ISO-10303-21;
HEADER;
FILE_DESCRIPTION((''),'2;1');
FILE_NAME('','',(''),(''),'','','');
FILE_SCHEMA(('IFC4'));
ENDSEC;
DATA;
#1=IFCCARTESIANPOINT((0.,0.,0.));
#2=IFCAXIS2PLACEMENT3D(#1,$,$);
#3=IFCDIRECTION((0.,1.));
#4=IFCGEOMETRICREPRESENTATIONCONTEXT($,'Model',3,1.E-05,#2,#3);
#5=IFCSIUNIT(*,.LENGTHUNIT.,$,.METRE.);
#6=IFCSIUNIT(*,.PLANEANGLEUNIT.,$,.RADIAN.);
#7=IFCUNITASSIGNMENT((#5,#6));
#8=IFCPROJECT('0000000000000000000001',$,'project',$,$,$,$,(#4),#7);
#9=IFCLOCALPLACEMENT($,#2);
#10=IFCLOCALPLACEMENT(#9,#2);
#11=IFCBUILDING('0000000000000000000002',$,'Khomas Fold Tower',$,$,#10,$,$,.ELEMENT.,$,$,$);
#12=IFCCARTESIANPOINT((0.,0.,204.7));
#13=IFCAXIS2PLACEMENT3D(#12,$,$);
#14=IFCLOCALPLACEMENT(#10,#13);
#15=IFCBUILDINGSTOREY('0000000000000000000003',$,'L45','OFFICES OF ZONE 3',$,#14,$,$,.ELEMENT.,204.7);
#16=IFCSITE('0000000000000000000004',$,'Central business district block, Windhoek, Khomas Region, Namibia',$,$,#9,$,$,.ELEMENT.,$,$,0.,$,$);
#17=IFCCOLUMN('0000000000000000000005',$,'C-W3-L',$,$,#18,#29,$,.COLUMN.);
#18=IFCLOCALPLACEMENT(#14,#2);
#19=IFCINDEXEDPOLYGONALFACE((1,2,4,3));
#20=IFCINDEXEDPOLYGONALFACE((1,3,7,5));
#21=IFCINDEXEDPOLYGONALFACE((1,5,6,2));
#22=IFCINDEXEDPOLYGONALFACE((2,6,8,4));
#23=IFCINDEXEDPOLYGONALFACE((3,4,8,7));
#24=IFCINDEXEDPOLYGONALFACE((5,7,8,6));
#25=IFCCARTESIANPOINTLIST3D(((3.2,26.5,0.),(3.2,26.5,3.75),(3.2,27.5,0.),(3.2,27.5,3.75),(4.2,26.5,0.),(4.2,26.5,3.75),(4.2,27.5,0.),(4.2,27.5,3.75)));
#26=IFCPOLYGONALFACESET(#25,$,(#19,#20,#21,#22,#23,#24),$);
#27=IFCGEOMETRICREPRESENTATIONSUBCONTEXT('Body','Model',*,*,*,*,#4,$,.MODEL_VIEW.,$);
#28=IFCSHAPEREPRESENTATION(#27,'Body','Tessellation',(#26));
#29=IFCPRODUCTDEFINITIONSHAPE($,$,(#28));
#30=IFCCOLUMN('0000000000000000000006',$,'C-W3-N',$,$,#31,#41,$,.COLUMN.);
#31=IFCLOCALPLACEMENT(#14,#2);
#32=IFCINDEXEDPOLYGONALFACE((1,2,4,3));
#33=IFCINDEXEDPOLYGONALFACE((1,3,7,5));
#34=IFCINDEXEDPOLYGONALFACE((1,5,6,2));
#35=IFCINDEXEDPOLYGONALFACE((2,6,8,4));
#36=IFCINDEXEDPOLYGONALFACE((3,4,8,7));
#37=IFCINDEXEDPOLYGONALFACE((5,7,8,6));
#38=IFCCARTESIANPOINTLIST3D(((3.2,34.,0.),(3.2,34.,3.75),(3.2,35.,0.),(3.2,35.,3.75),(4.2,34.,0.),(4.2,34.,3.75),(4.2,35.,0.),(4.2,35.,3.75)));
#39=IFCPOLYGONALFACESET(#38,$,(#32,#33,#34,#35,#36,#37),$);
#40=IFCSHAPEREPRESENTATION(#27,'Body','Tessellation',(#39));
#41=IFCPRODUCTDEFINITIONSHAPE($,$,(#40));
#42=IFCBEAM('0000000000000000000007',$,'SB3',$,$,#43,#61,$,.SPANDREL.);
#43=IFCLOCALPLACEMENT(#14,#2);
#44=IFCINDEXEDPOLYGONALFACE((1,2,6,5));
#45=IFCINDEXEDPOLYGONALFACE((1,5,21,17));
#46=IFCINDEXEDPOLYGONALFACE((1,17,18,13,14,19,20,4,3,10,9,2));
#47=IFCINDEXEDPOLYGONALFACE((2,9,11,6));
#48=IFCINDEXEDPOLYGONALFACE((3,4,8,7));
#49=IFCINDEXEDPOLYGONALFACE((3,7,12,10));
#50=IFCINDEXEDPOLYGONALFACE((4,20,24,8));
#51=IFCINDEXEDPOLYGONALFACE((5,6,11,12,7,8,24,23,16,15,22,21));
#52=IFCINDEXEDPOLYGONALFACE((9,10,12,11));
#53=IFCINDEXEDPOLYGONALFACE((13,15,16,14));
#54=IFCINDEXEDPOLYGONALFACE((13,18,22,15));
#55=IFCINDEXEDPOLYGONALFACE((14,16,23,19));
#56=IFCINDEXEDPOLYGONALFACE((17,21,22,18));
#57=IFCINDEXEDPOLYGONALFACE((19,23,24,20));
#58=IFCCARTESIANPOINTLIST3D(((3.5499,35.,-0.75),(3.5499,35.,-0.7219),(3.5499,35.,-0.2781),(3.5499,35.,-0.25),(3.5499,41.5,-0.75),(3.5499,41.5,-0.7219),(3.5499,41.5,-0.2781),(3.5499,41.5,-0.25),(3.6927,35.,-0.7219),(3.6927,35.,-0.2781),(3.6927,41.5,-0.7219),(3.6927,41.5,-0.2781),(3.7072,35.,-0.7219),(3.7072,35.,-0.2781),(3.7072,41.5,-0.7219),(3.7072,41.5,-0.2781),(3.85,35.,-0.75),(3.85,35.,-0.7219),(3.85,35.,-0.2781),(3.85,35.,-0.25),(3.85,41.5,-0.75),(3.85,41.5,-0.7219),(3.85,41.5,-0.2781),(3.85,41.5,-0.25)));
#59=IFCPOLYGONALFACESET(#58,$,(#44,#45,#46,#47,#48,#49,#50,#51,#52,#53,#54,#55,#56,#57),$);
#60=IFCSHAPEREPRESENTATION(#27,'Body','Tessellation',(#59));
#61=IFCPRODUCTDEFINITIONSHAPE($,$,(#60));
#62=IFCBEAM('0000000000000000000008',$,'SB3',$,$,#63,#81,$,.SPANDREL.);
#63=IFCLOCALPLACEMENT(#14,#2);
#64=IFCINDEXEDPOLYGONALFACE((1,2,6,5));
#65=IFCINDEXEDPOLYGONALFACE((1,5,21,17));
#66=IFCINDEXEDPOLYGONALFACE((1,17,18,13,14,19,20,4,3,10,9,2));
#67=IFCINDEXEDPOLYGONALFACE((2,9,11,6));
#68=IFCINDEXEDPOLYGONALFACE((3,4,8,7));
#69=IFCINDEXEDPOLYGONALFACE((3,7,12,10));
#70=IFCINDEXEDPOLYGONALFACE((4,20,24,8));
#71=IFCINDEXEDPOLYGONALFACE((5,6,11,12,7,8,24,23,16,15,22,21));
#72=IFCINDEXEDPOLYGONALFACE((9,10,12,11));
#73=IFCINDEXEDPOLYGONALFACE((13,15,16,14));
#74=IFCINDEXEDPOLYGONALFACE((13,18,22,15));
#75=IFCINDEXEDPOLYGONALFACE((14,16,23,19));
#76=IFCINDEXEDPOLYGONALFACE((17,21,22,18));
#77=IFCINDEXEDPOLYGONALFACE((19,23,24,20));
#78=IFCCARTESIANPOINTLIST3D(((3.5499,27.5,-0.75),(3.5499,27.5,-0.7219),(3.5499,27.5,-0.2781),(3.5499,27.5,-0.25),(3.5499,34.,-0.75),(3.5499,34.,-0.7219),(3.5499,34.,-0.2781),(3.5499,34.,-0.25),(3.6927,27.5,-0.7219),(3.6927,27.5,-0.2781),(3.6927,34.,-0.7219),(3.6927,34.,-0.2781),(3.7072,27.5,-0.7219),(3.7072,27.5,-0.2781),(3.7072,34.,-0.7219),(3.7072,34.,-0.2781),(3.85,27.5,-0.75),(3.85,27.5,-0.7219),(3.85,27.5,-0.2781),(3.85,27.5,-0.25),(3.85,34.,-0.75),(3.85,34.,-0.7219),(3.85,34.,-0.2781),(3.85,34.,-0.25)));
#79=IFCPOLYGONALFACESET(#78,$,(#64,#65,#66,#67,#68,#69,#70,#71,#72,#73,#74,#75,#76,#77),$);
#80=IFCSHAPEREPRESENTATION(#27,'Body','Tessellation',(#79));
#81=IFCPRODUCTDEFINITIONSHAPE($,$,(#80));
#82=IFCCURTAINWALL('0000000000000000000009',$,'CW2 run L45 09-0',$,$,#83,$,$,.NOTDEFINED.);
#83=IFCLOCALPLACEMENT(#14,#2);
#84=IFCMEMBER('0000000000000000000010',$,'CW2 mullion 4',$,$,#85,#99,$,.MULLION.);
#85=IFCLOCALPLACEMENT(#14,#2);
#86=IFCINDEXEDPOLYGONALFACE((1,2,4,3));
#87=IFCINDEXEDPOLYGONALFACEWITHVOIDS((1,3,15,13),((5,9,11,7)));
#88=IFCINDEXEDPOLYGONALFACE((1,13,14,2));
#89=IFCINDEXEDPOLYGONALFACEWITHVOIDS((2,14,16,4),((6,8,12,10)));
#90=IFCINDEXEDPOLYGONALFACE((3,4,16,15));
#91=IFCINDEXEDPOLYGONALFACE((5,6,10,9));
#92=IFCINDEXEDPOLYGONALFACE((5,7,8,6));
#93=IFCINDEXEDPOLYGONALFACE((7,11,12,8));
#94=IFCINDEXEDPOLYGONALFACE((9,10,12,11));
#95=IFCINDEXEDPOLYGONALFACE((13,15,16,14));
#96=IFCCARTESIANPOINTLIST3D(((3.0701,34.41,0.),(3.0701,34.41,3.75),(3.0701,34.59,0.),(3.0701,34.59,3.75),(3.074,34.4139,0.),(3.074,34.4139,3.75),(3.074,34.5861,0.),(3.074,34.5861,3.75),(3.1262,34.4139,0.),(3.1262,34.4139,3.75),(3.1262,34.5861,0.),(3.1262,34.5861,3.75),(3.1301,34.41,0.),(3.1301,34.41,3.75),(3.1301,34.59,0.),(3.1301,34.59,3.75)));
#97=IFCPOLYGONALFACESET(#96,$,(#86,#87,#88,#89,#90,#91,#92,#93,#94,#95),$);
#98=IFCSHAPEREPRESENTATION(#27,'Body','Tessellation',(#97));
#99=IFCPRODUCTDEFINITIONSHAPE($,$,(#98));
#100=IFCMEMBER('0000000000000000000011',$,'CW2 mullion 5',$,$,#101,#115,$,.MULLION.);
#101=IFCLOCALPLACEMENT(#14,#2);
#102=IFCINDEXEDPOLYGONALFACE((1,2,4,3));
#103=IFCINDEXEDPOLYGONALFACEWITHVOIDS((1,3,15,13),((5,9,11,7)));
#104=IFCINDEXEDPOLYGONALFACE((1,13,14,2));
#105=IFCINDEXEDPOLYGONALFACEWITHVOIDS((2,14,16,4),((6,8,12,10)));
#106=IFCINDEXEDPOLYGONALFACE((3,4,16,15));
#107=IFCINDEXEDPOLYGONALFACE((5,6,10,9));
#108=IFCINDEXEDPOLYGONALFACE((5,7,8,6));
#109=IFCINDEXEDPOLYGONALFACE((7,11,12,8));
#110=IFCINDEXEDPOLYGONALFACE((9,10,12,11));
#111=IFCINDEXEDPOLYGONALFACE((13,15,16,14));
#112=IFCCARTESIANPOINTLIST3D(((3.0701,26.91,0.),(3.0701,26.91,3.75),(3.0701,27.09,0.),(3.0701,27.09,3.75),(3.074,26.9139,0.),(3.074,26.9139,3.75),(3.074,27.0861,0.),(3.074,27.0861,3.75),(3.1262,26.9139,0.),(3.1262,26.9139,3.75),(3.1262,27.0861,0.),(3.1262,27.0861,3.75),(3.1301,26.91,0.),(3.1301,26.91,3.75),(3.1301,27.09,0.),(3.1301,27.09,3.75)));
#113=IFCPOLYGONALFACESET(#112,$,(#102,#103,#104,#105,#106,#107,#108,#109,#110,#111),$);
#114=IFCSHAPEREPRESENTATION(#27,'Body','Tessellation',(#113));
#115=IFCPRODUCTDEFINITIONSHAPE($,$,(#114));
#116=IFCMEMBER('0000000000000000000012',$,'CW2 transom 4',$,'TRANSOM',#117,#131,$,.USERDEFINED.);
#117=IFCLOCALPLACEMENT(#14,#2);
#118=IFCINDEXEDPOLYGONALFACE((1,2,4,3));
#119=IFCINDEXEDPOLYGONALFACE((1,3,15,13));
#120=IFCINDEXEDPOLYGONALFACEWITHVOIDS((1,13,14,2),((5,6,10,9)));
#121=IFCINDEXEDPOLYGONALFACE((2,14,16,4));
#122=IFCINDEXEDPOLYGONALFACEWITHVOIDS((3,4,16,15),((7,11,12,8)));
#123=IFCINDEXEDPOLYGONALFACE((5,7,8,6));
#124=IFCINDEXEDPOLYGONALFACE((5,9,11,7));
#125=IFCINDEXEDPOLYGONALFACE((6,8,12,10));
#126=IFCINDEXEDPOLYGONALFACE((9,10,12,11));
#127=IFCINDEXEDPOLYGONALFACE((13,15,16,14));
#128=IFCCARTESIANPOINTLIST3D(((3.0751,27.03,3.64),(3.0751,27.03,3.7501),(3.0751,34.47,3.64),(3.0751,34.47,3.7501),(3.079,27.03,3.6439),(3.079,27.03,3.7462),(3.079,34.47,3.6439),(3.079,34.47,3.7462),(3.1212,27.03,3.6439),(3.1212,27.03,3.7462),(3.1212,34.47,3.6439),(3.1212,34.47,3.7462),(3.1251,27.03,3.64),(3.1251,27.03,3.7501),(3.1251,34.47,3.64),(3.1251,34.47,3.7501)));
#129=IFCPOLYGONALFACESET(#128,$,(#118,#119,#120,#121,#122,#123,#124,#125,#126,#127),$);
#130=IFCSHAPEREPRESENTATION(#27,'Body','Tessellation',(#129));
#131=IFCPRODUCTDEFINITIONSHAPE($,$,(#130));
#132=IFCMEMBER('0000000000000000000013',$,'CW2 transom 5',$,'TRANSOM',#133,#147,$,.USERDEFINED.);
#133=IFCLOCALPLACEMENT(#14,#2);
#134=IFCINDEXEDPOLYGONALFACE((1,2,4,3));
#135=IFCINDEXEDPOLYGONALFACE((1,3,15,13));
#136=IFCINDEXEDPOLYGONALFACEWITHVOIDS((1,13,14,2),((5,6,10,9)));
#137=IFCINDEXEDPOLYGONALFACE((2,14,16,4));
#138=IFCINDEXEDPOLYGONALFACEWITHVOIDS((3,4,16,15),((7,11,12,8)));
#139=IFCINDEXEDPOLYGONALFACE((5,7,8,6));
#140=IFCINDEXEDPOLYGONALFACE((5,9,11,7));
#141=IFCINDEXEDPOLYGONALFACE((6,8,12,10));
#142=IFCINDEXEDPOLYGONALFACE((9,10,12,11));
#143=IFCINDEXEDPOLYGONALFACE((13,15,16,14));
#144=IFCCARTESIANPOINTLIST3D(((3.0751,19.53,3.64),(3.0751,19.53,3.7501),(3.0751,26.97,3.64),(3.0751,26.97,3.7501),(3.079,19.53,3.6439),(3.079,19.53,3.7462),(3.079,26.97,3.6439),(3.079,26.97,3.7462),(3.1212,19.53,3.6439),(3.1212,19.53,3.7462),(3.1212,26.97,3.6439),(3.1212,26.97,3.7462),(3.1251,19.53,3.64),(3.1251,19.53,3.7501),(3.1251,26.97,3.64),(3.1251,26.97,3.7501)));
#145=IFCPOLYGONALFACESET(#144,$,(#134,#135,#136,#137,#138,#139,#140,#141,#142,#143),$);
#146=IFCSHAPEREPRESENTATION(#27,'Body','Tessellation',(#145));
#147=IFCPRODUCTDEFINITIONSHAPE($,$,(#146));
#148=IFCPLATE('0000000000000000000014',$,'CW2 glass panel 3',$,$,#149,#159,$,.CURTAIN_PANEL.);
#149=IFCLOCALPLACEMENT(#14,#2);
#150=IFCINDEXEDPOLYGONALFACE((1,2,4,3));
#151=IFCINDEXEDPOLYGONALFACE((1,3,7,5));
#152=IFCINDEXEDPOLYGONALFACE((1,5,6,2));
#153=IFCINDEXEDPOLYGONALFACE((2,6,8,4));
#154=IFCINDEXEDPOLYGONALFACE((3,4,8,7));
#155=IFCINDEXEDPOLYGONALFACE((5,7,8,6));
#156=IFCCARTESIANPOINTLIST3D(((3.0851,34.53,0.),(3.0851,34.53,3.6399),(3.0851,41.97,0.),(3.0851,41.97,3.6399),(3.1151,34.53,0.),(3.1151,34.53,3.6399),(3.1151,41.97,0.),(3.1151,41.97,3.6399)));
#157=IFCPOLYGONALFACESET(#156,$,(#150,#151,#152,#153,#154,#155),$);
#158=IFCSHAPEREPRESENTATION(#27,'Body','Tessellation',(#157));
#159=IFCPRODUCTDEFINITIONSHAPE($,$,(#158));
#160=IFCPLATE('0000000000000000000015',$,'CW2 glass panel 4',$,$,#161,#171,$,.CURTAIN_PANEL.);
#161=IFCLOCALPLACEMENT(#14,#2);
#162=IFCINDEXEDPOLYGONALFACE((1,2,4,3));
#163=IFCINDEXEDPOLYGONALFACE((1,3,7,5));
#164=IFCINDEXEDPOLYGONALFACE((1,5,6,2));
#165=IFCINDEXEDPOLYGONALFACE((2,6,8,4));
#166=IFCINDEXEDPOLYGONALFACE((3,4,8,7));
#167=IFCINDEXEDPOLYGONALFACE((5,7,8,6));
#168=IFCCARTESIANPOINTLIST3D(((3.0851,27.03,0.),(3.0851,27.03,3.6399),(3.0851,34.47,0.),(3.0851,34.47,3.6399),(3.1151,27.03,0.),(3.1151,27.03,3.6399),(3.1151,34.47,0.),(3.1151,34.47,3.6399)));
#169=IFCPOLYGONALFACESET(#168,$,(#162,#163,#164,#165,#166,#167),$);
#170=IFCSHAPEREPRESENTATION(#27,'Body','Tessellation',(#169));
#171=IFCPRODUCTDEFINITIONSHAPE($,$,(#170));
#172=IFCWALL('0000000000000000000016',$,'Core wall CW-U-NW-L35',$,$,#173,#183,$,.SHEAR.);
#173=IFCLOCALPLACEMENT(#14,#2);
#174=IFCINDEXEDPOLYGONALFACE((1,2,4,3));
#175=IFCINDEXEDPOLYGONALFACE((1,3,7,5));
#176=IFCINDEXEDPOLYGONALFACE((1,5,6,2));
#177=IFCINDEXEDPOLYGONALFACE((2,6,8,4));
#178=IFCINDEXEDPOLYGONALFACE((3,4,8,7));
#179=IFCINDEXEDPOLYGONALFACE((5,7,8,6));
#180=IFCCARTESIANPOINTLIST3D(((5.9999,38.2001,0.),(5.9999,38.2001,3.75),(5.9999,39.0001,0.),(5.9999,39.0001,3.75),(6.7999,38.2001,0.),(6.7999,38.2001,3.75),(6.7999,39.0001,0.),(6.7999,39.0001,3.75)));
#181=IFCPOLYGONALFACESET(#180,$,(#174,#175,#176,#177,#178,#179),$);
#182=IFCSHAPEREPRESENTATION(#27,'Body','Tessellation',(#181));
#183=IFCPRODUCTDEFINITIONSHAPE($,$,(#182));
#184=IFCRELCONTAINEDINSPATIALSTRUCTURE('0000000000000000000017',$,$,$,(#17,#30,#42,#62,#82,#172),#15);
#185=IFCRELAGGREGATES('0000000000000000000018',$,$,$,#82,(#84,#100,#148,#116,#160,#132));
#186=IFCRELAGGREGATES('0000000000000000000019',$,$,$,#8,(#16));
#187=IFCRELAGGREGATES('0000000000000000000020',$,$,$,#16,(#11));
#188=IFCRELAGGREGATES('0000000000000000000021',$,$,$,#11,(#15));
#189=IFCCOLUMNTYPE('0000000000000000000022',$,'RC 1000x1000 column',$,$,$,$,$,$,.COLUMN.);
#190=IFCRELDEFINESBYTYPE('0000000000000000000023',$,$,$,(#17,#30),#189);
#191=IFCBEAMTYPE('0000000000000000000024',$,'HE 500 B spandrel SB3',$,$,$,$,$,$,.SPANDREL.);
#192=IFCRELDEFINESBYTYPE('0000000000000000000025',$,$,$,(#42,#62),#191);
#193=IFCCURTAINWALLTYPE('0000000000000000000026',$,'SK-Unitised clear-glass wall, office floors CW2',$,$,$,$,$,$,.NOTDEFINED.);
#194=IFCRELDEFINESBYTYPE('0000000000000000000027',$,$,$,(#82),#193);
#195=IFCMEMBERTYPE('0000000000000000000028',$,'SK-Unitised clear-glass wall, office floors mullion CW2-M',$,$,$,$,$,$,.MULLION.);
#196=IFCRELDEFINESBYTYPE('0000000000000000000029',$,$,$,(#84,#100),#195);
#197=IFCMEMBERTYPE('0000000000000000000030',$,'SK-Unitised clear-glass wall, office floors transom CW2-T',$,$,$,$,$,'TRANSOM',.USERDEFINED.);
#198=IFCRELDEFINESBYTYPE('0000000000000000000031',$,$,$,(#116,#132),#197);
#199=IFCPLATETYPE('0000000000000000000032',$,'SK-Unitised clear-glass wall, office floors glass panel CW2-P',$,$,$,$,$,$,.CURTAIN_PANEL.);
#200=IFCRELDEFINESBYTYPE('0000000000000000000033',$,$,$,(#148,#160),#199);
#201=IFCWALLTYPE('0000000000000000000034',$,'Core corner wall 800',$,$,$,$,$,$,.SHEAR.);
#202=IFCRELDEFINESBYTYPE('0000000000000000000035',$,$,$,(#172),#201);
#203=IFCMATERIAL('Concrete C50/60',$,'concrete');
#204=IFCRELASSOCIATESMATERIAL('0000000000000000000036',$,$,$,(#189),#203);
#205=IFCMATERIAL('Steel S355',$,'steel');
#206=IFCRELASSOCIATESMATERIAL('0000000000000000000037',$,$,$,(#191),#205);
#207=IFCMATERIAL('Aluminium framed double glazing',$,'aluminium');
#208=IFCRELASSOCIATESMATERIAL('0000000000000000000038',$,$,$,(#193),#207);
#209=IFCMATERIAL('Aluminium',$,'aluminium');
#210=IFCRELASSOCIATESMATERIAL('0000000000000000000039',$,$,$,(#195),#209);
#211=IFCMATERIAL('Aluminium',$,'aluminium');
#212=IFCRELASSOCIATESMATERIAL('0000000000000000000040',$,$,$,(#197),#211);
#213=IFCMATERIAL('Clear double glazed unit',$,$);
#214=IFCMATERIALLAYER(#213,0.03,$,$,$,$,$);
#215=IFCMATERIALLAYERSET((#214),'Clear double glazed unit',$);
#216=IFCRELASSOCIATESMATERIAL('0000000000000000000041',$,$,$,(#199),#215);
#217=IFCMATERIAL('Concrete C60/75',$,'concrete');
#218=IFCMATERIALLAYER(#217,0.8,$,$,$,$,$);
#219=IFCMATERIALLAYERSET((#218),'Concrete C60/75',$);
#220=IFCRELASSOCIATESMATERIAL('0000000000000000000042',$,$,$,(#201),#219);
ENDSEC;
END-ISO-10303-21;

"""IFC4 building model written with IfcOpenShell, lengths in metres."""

from ifc_helpers import new_model, si_unit, direction, frame, frame_2d, origin, origin_2d, place, context, subcontext, project, spatial, rectangle, hollow_rectangle, i_section, extrude, source, transform, mapped, material, layer, layer_set, material_profile, profile_set, type_object, element, aggregate, save


model = new_model("IFC4")

# Units and contexts
model_context = context("Model", 3, precision=1e-05, world=origin(), true_north=direction((0.0, 1.0)))
body_context = subcontext(model_context, "Body", "Model", "MODEL_VIEW")
ifc_project = project(units=[si_unit("LENGTHUNIT", "METRE"), si_unit("PLANEANGLEUNIT", "RADIAN")], contexts=[model_context])

# Site, building, storey
site_placement = place(None, origin())
site = spatial("IfcSite", under=ifc_project, at=site_placement, Name="Central business district block, Windhoek, Khomas Region, Namibia", CompositionType="ELEMENT", RefElevation=0.0)
building_placement = place(site_placement, origin())
building = spatial("IfcBuilding", under=site, at=building_placement, Name="Khomas Fold Tower", CompositionType="ELEMENT")
storey_placement = place(building_placement, frame((0.0, 0.0, 204.7)))
storey = spatial("IfcBuildingStorey", under=building, at=storey_placement, Name="L45", Description="OFFICES OF ZONE 3", CompositionType="ELEMENT", Elevation=204.7)

# Columns
ifc_material_1 = material(Name="Concrete C50/60", Category="concrete")
ifc_material_profile_1 = material_profile(ifc_material_1, rectangle(XDim=1.0, YDim=1.0, at=origin_2d()), Name="RC 1000x1000")
ifc_profile_set_1 = profile_set([ifc_material_profile_1], Name="Concrete C50/60")
column_type = type_object("IfcColumnType", Name="RC 1000x1000 column", PredefinedType="COLUMN", material=ifc_profile_set_1)
shared_shape_1 = source(origin(), body_context, "Body", "SweptSolid", [
    extrude(rectangle(XDim=1.0, YDim=1.0, at=origin_2d()), origin(), (0.0, 0.0, 1.0), 3.75),
])
for number, where, z_axis, x_axis, name in (
    (1, (3.7, 27.0, 0.0), (0.0, 0.0, 1.0), (1.0, 0.0, 0.0), "C-W3-L"),
    (2, (3.7, 34.5, 0.0), (0.0, 0.0, 1.0), (1.0, 0.0, 0.0), "C-W3-N"),
):
    element("IfcColumn", number, at=place(storey_placement, frame(where, z_axis=z_axis, x_axis=x_axis)), inside=storey, type_object=column_type, Name=name, PredefinedType="COLUMN", context=body_context, shape_type="MappedRepresentation", body=[
        mapped(shared_shape_1, transform((0.0, 0.0, 0.0))),
    ])

# Beams
ifc_material_2 = material(Name="Steel S355", Category="steel")
ifc_material_profile_2 = material_profile(ifc_material_2, i_section(OverallWidth=0.3, OverallDepth=0.5, WebThickness=0.0144, FlangeThickness=0.0281, at=origin_2d()), Name="HE 500 B")
ifc_profile_set_2 = profile_set([ifc_material_profile_2], Name="Steel S355")
beam_type = type_object("IfcBeamType", Name="HE 500 B spandrel SB3", PredefinedType="SPANDREL", material=ifc_profile_set_2)
shared_shape_2 = source(origin(), body_context, "Body", "SweptSolid", [
    extrude(i_section(OverallWidth=0.3, OverallDepth=0.5, WebThickness=0.0144, FlangeThickness=0.0281, at=origin_2d()), origin(), (0.0, 0.0, 1.0), 6.5),
])
for number, where, z_axis, x_axis, name in (
    (3, (3.7, 35.0, -0.5), (0.0, 1.0, 0.0), (-1.0, 0.0, 0.0), "SB3"),
    (4, (3.7, 27.5, -0.5), (0.0, 1.0, 0.0), (-1.0, 0.0, 0.0), "SB3"),
):
    element("IfcBeam", number, at=place(storey_placement, frame(where, z_axis=z_axis, x_axis=x_axis)), inside=storey, type_object=beam_type, Name=name, PredefinedType="SPANDREL", context=body_context, shape_type="MappedRepresentation", body=[
        mapped(shared_shape_2, transform((0.0, 0.0, 0.0))),
    ])

# Curtain wall, members, plates
ifc_material_3 = material(Name="Aluminium framed double glazing", Category="aluminium")
curtain_wall_type = type_object("IfcCurtainWallType", Name="SK-Unitised clear-glass wall, office floors CW2", PredefinedType="NOTDEFINED", material=ifc_material_3)
curtain_wall_placement = place(storey_placement, origin())
curtain_wall = element("IfcCurtainWall", 5, at=curtain_wall_placement, inside=storey, type_object=curtain_wall_type, Name="CW2 run L45 09-0", PredefinedType="NOTDEFINED")
ifc_material_4 = material(Name="Aluminium", Category="aluminium")
ifc_material_profile_3 = material_profile(ifc_material_4, hollow_rectangle(XDim=0.0601, YDim=0.1799, WallThickness=0.0039, at=origin_2d()), Name="SK-Unitised clear-glass wall, office floors mullion CW2-M")
ifc_profile_set_3 = profile_set([ifc_material_profile_3], Name="Aluminium")
member_type_1 = type_object("IfcMemberType", Name="SK-Unitised clear-glass wall, office floors mullion CW2-M", PredefinedType="MULLION", material=ifc_profile_set_3)
shared_shape_3 = source(origin(), body_context, "Body", "SweptSolid", [
    extrude(hollow_rectangle(XDim=0.0601, YDim=0.1799, WallThickness=0.0039, at=origin_2d()), origin(), (0.0, 0.0, 1.0), 3.75),
])
member_1_placement = place(storey_placement, frame((3.1001, 34.5, 0.0), z_axis=(0.0, 0.0, 1.0), x_axis=(1.0, 0.0, 0.0)))
member_1 = element("IfcMember", 6, at=member_1_placement, type_object=member_type_1, Name="CW2 mullion 4", PredefinedType="MULLION", context=body_context, shape_type="MappedRepresentation", body=[
    mapped(shared_shape_3, transform((0.0, 0.0, 0.0))),
])
member_2_placement = place(storey_placement, frame((3.1001, 27.0, 0.0), z_axis=(0.0, 0.0, 1.0), x_axis=(1.0, 0.0, 0.0)))
member_2 = element("IfcMember", 7, at=member_2_placement, type_object=member_type_1, Name="CW2 mullion 5", PredefinedType="MULLION", context=body_context, shape_type="MappedRepresentation", body=[
    mapped(shared_shape_3, transform((0.0, 0.0, 0.0))),
])
ifc_material_5 = material(Name="Aluminium", Category="aluminium")
ifc_material_profile_4 = material_profile(ifc_material_5, hollow_rectangle(XDim=0.05, YDim=0.1101, WallThickness=0.0039, at=origin_2d()), Name="SK-Unitised clear-glass wall, office floors transom CW2-T")
ifc_profile_set_4 = profile_set([ifc_material_profile_4], Name="Aluminium")
member_type_2 = type_object("IfcMemberType", Name="SK-Unitised clear-glass wall, office floors transom CW2-T", ElementType="TRANSOM", PredefinedType="USERDEFINED", material=ifc_profile_set_4)
shared_shape_4 = source(origin(), body_context, "Body", "SweptSolid", [
    extrude(hollow_rectangle(XDim=0.05, YDim=0.1101, WallThickness=0.0039, at=origin_2d()), origin(), (0.0, 0.0, 1.0), 7.4399),
])
member_3_placement = place(storey_placement, frame((3.1001, 34.47, 3.6951), z_axis=(0.0, -1.0, 0.0), x_axis=(1.0, 0.0, 0.0)))
member_3 = element("IfcMember", 8, at=member_3_placement, type_object=member_type_2, Name="CW2 transom 4", ObjectType="TRANSOM", PredefinedType="USERDEFINED", context=body_context, shape_type="MappedRepresentation", body=[
    mapped(shared_shape_4, transform((0.0, 0.0, 0.0))),
])
member_4_placement = place(storey_placement, frame((3.1001, 26.97, 3.6951), z_axis=(0.0, -1.0, 0.0), x_axis=(1.0, 0.0, 0.0)))
member_4 = element("IfcMember", 9, at=member_4_placement, type_object=member_type_2, Name="CW2 transom 5", ObjectType="TRANSOM", PredefinedType="USERDEFINED", context=body_context, shape_type="MappedRepresentation", body=[
    mapped(shared_shape_4, transform((0.0, 0.0, 0.0))),
])
ifc_material_6 = material(Name="Clear double glazed unit")
ifc_layer_1 = layer(ifc_material_6, 0.03)
ifc_layer_set_1 = layer_set([ifc_layer_1], Name="Clear double glazed unit")
plate_type = type_object("IfcPlateType", Name="SK-Unitised clear-glass wall, office floors glass panel CW2-P", PredefinedType="CURTAIN_PANEL", material=ifc_layer_set_1)
shared_shape_5 = source(origin(), body_context, "Body", "SweptSolid", [
    extrude(rectangle(XDim=7.4399, YDim=0.03, at=origin_2d()), origin(), (0.0, 0.0, 1.0), 3.6399),
])
plate_1_placement = place(storey_placement, frame((3.1001, 38.25, 0.0), z_axis=(0.0, 0.0, 1.0), x_axis=(0.0, -1.0, 0.0)))
plate_1 = element("IfcPlate", 10, at=plate_1_placement, type_object=plate_type, Name="CW2 glass panel 3", PredefinedType="CURTAIN_PANEL", context=body_context, shape_type="MappedRepresentation", body=[
    mapped(shared_shape_5, transform((0.0, 0.0, 0.0))),
])
plate_2_placement = place(storey_placement, frame((3.1001, 30.75, 0.0), z_axis=(0.0, 0.0, 1.0), x_axis=(0.0, -1.0, 0.0)))
plate_2 = element("IfcPlate", 11, at=plate_2_placement, type_object=plate_type, Name="CW2 glass panel 4", PredefinedType="CURTAIN_PANEL", context=body_context, shape_type="MappedRepresentation", body=[
    mapped(shared_shape_5, transform((0.0, 0.0, 0.0))),
])
aggregate(curtain_wall, [member_1, member_2, plate_1, member_3, plate_2, member_4])

# Wall
ifc_material_7 = material(Name="Concrete C60/75", Category="concrete")
ifc_layer_2 = layer(ifc_material_7, 0.8)
ifc_layer_set_2 = layer_set([ifc_layer_2], Name="Concrete C60/75")
wall_type = type_object("IfcWallType", Name="Core corner wall 800", PredefinedType="SHEAR", material=ifc_layer_set_2)
shared_shape_6 = source(origin(), body_context, "Body", "SweptSolid", [
    extrude(rectangle(XDim=0.8, YDim=0.8, at=frame_2d((0.3999, 0.0))), origin(), (0.0, 0.0, 1.0), 3.75),
])
wall_placement = place(storey_placement, frame((6.0, 38.6001, 0.0), z_axis=(0.0, 0.0, 1.0), x_axis=(1.0, 0.0, 0.0)))
element("IfcWall", 12, at=wall_placement, inside=storey, type_object=wall_type, Name="Core wall CW-U-NW-L35", PredefinedType="SHEAR", context=body_context, shape_type="MappedRepresentation", body=[
    mapped(shared_shape_6, transform((0.0, 0.0, 0.0))),
])

save(model, "model.ifc")
